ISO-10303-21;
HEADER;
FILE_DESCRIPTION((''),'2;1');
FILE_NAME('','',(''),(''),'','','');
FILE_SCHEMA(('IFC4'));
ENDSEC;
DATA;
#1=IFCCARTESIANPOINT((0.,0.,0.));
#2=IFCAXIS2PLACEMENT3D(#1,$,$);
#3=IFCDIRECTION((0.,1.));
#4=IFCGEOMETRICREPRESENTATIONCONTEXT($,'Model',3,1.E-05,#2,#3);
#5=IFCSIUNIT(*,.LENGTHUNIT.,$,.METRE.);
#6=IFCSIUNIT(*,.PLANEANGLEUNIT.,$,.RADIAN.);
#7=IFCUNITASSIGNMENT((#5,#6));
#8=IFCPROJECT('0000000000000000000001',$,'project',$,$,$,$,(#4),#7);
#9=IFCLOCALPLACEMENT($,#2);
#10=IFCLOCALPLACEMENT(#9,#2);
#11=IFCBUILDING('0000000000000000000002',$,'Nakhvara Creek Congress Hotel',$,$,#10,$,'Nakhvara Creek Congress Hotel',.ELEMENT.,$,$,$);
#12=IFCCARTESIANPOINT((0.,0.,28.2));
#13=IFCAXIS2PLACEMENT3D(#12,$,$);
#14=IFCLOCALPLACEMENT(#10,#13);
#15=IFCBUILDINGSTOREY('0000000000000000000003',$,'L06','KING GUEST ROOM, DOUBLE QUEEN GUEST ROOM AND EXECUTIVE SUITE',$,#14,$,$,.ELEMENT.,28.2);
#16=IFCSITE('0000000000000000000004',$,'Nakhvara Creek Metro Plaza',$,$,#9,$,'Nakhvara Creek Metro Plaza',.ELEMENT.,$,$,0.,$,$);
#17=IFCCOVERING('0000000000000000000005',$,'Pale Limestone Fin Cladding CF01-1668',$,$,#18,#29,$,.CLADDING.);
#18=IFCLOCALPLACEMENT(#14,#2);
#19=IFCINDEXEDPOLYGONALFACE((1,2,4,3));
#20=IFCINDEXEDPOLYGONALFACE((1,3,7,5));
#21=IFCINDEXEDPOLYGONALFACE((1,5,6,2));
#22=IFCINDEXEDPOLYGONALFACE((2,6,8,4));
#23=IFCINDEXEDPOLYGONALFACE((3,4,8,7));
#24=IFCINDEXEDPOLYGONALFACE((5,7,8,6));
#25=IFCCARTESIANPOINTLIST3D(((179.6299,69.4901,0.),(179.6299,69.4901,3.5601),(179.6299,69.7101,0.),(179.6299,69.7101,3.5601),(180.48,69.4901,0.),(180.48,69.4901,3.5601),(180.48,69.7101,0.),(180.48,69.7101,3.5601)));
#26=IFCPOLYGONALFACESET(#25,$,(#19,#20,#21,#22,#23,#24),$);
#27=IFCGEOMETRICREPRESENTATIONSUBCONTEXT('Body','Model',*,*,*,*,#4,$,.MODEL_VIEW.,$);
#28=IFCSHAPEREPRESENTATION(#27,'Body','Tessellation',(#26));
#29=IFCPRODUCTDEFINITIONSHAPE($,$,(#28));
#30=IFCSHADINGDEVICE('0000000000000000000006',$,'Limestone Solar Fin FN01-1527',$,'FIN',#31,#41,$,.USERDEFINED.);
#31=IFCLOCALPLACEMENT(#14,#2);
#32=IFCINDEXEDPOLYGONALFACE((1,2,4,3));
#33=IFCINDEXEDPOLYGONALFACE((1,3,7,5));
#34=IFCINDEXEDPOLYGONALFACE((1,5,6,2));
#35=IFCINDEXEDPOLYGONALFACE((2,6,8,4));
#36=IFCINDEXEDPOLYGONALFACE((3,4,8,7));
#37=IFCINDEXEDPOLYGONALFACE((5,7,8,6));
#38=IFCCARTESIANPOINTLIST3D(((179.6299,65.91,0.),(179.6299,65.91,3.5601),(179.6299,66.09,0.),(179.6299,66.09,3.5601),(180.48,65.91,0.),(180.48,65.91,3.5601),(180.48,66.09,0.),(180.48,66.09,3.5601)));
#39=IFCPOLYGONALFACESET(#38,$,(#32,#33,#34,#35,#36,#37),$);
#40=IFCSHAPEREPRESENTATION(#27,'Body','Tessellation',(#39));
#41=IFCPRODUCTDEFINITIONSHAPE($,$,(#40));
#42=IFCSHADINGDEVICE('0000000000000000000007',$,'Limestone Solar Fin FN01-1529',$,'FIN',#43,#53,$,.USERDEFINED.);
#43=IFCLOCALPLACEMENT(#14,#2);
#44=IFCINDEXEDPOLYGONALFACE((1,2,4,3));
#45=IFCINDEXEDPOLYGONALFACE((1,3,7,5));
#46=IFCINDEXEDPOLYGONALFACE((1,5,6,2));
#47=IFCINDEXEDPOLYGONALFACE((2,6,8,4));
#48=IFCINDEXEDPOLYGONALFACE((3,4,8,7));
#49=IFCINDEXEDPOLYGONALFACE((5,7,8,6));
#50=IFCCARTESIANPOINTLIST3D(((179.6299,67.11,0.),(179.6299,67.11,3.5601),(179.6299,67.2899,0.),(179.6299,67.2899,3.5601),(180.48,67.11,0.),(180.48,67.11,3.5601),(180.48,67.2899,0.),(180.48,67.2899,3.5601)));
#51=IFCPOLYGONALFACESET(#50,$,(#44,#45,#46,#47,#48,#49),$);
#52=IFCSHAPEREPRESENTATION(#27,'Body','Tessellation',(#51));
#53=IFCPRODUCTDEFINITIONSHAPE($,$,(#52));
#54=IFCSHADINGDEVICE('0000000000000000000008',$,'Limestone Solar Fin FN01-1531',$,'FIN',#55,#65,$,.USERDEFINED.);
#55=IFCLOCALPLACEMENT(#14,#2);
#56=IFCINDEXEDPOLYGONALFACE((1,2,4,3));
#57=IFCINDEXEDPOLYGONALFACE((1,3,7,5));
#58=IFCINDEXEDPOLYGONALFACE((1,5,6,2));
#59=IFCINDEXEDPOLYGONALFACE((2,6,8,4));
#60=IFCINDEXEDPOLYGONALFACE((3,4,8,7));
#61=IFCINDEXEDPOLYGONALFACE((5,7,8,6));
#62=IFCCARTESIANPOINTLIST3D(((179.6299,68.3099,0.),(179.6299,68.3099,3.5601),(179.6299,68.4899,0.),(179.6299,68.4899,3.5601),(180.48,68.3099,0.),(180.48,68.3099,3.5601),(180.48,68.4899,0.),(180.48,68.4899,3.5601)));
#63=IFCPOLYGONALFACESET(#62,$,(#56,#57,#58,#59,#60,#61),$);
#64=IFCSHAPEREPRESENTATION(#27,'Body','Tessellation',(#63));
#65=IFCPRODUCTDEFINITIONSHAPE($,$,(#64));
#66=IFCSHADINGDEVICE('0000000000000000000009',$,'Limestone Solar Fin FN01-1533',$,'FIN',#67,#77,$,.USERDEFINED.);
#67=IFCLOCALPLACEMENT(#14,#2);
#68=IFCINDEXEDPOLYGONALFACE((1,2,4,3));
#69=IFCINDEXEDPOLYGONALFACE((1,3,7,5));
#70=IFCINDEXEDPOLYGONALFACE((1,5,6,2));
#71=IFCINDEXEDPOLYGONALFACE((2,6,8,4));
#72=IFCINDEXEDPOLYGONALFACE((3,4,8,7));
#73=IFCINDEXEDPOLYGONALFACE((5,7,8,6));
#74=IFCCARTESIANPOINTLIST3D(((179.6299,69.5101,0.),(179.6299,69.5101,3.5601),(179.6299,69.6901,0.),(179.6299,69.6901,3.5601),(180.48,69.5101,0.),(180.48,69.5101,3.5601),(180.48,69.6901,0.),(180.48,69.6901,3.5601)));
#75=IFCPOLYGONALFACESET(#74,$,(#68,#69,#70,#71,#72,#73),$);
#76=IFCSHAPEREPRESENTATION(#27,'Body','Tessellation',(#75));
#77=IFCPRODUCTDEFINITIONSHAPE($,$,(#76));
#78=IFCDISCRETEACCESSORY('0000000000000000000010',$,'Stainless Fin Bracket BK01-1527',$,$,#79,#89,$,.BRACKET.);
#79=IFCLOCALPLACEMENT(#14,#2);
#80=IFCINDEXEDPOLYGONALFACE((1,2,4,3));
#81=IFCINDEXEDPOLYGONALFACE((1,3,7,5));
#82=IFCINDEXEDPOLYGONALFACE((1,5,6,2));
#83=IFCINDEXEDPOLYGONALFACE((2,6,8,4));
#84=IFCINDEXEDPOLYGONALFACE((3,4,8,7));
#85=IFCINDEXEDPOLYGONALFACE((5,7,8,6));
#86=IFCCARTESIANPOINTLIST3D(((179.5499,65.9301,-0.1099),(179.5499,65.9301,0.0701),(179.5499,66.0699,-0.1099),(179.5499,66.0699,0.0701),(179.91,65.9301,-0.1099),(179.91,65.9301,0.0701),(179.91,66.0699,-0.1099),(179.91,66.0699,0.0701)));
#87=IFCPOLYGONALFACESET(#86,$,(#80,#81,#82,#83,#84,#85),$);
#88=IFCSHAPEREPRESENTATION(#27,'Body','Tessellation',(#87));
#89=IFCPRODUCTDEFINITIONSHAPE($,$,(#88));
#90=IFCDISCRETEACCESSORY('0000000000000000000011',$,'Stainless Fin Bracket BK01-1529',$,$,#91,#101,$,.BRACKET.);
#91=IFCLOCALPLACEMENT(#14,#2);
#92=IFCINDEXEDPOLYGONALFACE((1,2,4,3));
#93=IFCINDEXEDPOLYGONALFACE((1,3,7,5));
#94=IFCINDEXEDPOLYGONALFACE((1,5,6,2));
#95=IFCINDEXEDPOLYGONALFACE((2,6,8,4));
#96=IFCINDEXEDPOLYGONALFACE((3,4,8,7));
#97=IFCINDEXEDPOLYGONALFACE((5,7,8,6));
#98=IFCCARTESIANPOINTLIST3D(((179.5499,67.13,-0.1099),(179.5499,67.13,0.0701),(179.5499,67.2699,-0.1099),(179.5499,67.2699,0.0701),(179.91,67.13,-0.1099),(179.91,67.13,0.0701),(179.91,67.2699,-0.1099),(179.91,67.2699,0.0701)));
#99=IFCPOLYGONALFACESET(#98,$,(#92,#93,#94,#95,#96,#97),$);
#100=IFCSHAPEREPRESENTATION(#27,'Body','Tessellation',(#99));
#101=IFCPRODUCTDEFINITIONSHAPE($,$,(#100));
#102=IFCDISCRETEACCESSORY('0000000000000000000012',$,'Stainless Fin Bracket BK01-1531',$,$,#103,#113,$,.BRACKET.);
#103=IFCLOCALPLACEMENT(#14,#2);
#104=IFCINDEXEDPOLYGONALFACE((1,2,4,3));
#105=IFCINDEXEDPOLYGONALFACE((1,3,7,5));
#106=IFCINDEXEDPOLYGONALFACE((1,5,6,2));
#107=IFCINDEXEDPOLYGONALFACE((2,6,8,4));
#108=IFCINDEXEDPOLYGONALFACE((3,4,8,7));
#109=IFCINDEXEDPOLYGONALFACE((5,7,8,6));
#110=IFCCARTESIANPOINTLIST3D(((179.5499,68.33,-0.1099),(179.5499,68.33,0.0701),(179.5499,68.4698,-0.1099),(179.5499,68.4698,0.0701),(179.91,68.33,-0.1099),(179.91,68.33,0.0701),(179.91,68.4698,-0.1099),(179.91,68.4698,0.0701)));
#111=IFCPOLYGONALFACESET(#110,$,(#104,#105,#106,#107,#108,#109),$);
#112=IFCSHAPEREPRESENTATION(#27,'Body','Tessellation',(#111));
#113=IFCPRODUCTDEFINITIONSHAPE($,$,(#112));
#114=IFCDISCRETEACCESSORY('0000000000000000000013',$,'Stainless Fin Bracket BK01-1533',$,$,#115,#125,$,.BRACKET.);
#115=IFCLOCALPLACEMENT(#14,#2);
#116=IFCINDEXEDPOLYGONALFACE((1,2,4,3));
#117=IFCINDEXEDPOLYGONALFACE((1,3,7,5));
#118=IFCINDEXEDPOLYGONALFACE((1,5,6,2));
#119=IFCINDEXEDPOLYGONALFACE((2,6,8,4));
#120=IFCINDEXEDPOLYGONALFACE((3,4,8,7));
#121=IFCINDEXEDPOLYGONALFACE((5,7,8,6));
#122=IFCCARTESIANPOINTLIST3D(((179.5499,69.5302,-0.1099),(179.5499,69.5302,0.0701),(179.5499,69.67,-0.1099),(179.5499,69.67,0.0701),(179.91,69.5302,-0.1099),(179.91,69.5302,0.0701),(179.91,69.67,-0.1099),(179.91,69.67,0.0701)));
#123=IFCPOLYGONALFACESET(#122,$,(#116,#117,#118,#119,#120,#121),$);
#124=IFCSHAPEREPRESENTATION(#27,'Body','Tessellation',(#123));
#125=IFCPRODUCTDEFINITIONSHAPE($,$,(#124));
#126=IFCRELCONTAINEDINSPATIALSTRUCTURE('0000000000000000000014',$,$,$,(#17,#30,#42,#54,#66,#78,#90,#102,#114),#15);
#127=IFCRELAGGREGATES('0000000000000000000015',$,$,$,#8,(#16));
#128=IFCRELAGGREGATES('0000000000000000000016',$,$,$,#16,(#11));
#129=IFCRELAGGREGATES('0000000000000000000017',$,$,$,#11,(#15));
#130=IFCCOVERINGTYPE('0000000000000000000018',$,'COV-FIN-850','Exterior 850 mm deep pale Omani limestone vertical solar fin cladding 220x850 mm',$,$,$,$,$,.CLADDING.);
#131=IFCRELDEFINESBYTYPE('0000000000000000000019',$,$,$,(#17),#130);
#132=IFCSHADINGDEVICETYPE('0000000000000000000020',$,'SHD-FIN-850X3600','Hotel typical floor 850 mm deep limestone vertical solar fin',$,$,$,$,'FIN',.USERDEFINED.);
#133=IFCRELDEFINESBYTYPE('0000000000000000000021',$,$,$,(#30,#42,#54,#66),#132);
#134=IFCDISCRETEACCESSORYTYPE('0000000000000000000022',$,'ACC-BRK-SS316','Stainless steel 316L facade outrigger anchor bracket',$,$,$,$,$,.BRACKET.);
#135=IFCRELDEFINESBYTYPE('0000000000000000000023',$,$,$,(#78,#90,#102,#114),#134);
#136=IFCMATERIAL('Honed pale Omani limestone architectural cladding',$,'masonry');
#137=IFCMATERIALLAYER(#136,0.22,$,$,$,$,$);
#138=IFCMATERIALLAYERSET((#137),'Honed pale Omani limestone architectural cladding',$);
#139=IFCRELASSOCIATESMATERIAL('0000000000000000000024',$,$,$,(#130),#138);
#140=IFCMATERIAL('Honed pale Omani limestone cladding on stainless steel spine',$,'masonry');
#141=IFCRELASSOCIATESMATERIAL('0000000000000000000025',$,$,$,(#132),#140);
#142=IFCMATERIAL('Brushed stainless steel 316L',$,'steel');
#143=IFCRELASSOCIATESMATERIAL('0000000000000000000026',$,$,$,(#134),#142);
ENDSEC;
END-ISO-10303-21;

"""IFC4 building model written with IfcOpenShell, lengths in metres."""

from ifc_helpers import new_model, si_unit, direction, frame, origin, origin_2d, place, context, subcontext, project, spatial, rectangle, extrude, material, layer, layer_set, type_object, element, save


model = new_model("IFC4")

# Units and contexts
model_context = context("Model", 3, precision=1e-05, world=origin(), true_north=direction((0.0, 1.0)))
body_context = subcontext(model_context, "Body", "Model", "MODEL_VIEW")
ifc_project = project(units=[si_unit("LENGTHUNIT", "METRE"), si_unit("PLANEANGLEUNIT", "RADIAN")], contexts=[model_context])

# Site, building, storey
site_placement = place(None, origin())
site = spatial("IfcSite", under=ifc_project, at=site_placement, Name="Nakhvara Creek Metro Plaza", LongName="Nakhvara Creek Metro Plaza", CompositionType="ELEMENT", RefElevation=0.0)
building_placement = place(site_placement, origin())
building = spatial("IfcBuilding", under=site, at=building_placement, Name="Nakhvara Creek Congress Hotel", LongName="Nakhvara Creek Congress Hotel", CompositionType="ELEMENT")
storey_placement = place(building_placement, frame((0.0, 0.0, 28.2)))
storey = spatial("IfcBuildingStorey", under=building, at=storey_placement, Name="L06", Description="KING GUEST ROOM, DOUBLE QUEEN GUEST ROOM AND EXECUTIVE SUITE", CompositionType="ELEMENT", Elevation=28.2)

# Covering
ifc_material_1 = material(Name="Honed pale Omani limestone architectural cladding", Category="masonry")
ifc_layer_1 = layer(ifc_material_1, 0.22)
ifc_layer_set_1 = layer_set([ifc_layer_1], Name="Honed pale Omani limestone architectural cladding")
covering_type = type_object("IfcCoveringType", Name="COV-FIN-850", Description="Exterior 850 mm deep pale Omani limestone vertical solar fin cladding 220x850 mm", PredefinedType="CLADDING", material=ifc_layer_set_1)
for number, where, z_axis, x_axis, name in (
    (1, (180.0549, 69.6001, 0.0), (0.0, 0.0, 1.0), (0.0, 1.0, 0.0), "Pale Limestone Fin Cladding CF01-1668"),
):
    element("IfcCovering", number, at=place(storey_placement, frame(where, z_axis=z_axis, x_axis=x_axis)), inside=storey, type_object=covering_type, Name=name, PredefinedType="CLADDING", context=body_context, shape_type="SweptSolid", body=[
        extrude(rectangle(XDim=0.22, YDim=0.8501, at=origin_2d()), origin(), (0.0, 0.0, 1.0), 3.5601),
    ])

# Shading devices
ifc_material_2 = material(Name="Honed pale Omani limestone cladding on stainless steel spine", Category="masonry")
shading_device_type = type_object("IfcShadingDeviceType", Name="SHD-FIN-850X3600", Description="Hotel typical floor 850 mm deep limestone vertical solar fin", ElementType="FIN", PredefinedType="USERDEFINED", material=ifc_material_2)
for number, where, z_axis, x_axis, name in (
    (2, (180.0549, 66.0, 0.0), (0.0, 0.0, 1.0), (0.0, 1.0, 0.0), "Limestone Solar Fin FN01-1527"),
    (3, (180.0549, 67.2, 0.0), (0.0, 0.0, 1.0), (0.0, 1.0, 0.0), "Limestone Solar Fin FN01-1529"),
    (4, (180.0549, 68.3999, 0.0), (0.0, 0.0, 1.0), (0.0, 1.0, 0.0), "Limestone Solar Fin FN01-1531"),
    (5, (180.0549, 69.6001, 0.0), (0.0, 0.0, 1.0), (0.0, 1.0, 0.0), "Limestone Solar Fin FN01-1533"),
):
    element("IfcShadingDevice", number, at=place(storey_placement, frame(where, z_axis=z_axis, x_axis=x_axis)), inside=storey, type_object=shading_device_type, Name=name, ObjectType="FIN", PredefinedType="USERDEFINED", context=body_context, shape_type="SweptSolid", body=[
        extrude(rectangle(XDim=0.1799, YDim=0.8501, at=origin_2d()), origin(), (0.0, 0.0, 1.0), 3.5601),
    ])

# Discrete accessories
ifc_material_3 = material(Name="Brushed stainless steel 316L", Category="steel")
discrete_accessory_type = type_object("IfcDiscreteAccessoryType", Name="ACC-BRK-SS316", Description="Stainless steel 316L facade outrigger anchor bracket", PredefinedType="BRACKET", material=ifc_material_3)
for number, where, z_axis, x_axis, name in (
    (6, (179.73, 66.0, -0.1099), (0.0, 0.0, 1.0), (0.0, 1.0, 0.0), "Stainless Fin Bracket BK01-1527"),
    (7, (179.73, 67.2, -0.1099), (0.0, 0.0, 1.0), (0.0, 1.0, 0.0), "Stainless Fin Bracket BK01-1529"),
    (8, (179.73, 68.3999, -0.1099), (0.0, 0.0, 1.0), (0.0, 1.0, 0.0), "Stainless Fin Bracket BK01-1531"),
    (9, (179.73, 69.6001, -0.1099), (0.0, 0.0, 1.0), (0.0, 1.0, 0.0), "Stainless Fin Bracket BK01-1533"),
):
    element("IfcDiscreteAccessory", number, at=place(storey_placement, frame(where, z_axis=z_axis, x_axis=x_axis)), inside=storey, type_object=discrete_accessory_type, Name=name, PredefinedType="BRACKET", context=body_context, shape_type="SweptSolid", body=[
        extrude(rectangle(XDim=0.1399, YDim=0.3601, at=origin_2d()), origin(), (0.0, 0.0, 1.0), 0.1799),
    ])

save(model, "model.ifc")
